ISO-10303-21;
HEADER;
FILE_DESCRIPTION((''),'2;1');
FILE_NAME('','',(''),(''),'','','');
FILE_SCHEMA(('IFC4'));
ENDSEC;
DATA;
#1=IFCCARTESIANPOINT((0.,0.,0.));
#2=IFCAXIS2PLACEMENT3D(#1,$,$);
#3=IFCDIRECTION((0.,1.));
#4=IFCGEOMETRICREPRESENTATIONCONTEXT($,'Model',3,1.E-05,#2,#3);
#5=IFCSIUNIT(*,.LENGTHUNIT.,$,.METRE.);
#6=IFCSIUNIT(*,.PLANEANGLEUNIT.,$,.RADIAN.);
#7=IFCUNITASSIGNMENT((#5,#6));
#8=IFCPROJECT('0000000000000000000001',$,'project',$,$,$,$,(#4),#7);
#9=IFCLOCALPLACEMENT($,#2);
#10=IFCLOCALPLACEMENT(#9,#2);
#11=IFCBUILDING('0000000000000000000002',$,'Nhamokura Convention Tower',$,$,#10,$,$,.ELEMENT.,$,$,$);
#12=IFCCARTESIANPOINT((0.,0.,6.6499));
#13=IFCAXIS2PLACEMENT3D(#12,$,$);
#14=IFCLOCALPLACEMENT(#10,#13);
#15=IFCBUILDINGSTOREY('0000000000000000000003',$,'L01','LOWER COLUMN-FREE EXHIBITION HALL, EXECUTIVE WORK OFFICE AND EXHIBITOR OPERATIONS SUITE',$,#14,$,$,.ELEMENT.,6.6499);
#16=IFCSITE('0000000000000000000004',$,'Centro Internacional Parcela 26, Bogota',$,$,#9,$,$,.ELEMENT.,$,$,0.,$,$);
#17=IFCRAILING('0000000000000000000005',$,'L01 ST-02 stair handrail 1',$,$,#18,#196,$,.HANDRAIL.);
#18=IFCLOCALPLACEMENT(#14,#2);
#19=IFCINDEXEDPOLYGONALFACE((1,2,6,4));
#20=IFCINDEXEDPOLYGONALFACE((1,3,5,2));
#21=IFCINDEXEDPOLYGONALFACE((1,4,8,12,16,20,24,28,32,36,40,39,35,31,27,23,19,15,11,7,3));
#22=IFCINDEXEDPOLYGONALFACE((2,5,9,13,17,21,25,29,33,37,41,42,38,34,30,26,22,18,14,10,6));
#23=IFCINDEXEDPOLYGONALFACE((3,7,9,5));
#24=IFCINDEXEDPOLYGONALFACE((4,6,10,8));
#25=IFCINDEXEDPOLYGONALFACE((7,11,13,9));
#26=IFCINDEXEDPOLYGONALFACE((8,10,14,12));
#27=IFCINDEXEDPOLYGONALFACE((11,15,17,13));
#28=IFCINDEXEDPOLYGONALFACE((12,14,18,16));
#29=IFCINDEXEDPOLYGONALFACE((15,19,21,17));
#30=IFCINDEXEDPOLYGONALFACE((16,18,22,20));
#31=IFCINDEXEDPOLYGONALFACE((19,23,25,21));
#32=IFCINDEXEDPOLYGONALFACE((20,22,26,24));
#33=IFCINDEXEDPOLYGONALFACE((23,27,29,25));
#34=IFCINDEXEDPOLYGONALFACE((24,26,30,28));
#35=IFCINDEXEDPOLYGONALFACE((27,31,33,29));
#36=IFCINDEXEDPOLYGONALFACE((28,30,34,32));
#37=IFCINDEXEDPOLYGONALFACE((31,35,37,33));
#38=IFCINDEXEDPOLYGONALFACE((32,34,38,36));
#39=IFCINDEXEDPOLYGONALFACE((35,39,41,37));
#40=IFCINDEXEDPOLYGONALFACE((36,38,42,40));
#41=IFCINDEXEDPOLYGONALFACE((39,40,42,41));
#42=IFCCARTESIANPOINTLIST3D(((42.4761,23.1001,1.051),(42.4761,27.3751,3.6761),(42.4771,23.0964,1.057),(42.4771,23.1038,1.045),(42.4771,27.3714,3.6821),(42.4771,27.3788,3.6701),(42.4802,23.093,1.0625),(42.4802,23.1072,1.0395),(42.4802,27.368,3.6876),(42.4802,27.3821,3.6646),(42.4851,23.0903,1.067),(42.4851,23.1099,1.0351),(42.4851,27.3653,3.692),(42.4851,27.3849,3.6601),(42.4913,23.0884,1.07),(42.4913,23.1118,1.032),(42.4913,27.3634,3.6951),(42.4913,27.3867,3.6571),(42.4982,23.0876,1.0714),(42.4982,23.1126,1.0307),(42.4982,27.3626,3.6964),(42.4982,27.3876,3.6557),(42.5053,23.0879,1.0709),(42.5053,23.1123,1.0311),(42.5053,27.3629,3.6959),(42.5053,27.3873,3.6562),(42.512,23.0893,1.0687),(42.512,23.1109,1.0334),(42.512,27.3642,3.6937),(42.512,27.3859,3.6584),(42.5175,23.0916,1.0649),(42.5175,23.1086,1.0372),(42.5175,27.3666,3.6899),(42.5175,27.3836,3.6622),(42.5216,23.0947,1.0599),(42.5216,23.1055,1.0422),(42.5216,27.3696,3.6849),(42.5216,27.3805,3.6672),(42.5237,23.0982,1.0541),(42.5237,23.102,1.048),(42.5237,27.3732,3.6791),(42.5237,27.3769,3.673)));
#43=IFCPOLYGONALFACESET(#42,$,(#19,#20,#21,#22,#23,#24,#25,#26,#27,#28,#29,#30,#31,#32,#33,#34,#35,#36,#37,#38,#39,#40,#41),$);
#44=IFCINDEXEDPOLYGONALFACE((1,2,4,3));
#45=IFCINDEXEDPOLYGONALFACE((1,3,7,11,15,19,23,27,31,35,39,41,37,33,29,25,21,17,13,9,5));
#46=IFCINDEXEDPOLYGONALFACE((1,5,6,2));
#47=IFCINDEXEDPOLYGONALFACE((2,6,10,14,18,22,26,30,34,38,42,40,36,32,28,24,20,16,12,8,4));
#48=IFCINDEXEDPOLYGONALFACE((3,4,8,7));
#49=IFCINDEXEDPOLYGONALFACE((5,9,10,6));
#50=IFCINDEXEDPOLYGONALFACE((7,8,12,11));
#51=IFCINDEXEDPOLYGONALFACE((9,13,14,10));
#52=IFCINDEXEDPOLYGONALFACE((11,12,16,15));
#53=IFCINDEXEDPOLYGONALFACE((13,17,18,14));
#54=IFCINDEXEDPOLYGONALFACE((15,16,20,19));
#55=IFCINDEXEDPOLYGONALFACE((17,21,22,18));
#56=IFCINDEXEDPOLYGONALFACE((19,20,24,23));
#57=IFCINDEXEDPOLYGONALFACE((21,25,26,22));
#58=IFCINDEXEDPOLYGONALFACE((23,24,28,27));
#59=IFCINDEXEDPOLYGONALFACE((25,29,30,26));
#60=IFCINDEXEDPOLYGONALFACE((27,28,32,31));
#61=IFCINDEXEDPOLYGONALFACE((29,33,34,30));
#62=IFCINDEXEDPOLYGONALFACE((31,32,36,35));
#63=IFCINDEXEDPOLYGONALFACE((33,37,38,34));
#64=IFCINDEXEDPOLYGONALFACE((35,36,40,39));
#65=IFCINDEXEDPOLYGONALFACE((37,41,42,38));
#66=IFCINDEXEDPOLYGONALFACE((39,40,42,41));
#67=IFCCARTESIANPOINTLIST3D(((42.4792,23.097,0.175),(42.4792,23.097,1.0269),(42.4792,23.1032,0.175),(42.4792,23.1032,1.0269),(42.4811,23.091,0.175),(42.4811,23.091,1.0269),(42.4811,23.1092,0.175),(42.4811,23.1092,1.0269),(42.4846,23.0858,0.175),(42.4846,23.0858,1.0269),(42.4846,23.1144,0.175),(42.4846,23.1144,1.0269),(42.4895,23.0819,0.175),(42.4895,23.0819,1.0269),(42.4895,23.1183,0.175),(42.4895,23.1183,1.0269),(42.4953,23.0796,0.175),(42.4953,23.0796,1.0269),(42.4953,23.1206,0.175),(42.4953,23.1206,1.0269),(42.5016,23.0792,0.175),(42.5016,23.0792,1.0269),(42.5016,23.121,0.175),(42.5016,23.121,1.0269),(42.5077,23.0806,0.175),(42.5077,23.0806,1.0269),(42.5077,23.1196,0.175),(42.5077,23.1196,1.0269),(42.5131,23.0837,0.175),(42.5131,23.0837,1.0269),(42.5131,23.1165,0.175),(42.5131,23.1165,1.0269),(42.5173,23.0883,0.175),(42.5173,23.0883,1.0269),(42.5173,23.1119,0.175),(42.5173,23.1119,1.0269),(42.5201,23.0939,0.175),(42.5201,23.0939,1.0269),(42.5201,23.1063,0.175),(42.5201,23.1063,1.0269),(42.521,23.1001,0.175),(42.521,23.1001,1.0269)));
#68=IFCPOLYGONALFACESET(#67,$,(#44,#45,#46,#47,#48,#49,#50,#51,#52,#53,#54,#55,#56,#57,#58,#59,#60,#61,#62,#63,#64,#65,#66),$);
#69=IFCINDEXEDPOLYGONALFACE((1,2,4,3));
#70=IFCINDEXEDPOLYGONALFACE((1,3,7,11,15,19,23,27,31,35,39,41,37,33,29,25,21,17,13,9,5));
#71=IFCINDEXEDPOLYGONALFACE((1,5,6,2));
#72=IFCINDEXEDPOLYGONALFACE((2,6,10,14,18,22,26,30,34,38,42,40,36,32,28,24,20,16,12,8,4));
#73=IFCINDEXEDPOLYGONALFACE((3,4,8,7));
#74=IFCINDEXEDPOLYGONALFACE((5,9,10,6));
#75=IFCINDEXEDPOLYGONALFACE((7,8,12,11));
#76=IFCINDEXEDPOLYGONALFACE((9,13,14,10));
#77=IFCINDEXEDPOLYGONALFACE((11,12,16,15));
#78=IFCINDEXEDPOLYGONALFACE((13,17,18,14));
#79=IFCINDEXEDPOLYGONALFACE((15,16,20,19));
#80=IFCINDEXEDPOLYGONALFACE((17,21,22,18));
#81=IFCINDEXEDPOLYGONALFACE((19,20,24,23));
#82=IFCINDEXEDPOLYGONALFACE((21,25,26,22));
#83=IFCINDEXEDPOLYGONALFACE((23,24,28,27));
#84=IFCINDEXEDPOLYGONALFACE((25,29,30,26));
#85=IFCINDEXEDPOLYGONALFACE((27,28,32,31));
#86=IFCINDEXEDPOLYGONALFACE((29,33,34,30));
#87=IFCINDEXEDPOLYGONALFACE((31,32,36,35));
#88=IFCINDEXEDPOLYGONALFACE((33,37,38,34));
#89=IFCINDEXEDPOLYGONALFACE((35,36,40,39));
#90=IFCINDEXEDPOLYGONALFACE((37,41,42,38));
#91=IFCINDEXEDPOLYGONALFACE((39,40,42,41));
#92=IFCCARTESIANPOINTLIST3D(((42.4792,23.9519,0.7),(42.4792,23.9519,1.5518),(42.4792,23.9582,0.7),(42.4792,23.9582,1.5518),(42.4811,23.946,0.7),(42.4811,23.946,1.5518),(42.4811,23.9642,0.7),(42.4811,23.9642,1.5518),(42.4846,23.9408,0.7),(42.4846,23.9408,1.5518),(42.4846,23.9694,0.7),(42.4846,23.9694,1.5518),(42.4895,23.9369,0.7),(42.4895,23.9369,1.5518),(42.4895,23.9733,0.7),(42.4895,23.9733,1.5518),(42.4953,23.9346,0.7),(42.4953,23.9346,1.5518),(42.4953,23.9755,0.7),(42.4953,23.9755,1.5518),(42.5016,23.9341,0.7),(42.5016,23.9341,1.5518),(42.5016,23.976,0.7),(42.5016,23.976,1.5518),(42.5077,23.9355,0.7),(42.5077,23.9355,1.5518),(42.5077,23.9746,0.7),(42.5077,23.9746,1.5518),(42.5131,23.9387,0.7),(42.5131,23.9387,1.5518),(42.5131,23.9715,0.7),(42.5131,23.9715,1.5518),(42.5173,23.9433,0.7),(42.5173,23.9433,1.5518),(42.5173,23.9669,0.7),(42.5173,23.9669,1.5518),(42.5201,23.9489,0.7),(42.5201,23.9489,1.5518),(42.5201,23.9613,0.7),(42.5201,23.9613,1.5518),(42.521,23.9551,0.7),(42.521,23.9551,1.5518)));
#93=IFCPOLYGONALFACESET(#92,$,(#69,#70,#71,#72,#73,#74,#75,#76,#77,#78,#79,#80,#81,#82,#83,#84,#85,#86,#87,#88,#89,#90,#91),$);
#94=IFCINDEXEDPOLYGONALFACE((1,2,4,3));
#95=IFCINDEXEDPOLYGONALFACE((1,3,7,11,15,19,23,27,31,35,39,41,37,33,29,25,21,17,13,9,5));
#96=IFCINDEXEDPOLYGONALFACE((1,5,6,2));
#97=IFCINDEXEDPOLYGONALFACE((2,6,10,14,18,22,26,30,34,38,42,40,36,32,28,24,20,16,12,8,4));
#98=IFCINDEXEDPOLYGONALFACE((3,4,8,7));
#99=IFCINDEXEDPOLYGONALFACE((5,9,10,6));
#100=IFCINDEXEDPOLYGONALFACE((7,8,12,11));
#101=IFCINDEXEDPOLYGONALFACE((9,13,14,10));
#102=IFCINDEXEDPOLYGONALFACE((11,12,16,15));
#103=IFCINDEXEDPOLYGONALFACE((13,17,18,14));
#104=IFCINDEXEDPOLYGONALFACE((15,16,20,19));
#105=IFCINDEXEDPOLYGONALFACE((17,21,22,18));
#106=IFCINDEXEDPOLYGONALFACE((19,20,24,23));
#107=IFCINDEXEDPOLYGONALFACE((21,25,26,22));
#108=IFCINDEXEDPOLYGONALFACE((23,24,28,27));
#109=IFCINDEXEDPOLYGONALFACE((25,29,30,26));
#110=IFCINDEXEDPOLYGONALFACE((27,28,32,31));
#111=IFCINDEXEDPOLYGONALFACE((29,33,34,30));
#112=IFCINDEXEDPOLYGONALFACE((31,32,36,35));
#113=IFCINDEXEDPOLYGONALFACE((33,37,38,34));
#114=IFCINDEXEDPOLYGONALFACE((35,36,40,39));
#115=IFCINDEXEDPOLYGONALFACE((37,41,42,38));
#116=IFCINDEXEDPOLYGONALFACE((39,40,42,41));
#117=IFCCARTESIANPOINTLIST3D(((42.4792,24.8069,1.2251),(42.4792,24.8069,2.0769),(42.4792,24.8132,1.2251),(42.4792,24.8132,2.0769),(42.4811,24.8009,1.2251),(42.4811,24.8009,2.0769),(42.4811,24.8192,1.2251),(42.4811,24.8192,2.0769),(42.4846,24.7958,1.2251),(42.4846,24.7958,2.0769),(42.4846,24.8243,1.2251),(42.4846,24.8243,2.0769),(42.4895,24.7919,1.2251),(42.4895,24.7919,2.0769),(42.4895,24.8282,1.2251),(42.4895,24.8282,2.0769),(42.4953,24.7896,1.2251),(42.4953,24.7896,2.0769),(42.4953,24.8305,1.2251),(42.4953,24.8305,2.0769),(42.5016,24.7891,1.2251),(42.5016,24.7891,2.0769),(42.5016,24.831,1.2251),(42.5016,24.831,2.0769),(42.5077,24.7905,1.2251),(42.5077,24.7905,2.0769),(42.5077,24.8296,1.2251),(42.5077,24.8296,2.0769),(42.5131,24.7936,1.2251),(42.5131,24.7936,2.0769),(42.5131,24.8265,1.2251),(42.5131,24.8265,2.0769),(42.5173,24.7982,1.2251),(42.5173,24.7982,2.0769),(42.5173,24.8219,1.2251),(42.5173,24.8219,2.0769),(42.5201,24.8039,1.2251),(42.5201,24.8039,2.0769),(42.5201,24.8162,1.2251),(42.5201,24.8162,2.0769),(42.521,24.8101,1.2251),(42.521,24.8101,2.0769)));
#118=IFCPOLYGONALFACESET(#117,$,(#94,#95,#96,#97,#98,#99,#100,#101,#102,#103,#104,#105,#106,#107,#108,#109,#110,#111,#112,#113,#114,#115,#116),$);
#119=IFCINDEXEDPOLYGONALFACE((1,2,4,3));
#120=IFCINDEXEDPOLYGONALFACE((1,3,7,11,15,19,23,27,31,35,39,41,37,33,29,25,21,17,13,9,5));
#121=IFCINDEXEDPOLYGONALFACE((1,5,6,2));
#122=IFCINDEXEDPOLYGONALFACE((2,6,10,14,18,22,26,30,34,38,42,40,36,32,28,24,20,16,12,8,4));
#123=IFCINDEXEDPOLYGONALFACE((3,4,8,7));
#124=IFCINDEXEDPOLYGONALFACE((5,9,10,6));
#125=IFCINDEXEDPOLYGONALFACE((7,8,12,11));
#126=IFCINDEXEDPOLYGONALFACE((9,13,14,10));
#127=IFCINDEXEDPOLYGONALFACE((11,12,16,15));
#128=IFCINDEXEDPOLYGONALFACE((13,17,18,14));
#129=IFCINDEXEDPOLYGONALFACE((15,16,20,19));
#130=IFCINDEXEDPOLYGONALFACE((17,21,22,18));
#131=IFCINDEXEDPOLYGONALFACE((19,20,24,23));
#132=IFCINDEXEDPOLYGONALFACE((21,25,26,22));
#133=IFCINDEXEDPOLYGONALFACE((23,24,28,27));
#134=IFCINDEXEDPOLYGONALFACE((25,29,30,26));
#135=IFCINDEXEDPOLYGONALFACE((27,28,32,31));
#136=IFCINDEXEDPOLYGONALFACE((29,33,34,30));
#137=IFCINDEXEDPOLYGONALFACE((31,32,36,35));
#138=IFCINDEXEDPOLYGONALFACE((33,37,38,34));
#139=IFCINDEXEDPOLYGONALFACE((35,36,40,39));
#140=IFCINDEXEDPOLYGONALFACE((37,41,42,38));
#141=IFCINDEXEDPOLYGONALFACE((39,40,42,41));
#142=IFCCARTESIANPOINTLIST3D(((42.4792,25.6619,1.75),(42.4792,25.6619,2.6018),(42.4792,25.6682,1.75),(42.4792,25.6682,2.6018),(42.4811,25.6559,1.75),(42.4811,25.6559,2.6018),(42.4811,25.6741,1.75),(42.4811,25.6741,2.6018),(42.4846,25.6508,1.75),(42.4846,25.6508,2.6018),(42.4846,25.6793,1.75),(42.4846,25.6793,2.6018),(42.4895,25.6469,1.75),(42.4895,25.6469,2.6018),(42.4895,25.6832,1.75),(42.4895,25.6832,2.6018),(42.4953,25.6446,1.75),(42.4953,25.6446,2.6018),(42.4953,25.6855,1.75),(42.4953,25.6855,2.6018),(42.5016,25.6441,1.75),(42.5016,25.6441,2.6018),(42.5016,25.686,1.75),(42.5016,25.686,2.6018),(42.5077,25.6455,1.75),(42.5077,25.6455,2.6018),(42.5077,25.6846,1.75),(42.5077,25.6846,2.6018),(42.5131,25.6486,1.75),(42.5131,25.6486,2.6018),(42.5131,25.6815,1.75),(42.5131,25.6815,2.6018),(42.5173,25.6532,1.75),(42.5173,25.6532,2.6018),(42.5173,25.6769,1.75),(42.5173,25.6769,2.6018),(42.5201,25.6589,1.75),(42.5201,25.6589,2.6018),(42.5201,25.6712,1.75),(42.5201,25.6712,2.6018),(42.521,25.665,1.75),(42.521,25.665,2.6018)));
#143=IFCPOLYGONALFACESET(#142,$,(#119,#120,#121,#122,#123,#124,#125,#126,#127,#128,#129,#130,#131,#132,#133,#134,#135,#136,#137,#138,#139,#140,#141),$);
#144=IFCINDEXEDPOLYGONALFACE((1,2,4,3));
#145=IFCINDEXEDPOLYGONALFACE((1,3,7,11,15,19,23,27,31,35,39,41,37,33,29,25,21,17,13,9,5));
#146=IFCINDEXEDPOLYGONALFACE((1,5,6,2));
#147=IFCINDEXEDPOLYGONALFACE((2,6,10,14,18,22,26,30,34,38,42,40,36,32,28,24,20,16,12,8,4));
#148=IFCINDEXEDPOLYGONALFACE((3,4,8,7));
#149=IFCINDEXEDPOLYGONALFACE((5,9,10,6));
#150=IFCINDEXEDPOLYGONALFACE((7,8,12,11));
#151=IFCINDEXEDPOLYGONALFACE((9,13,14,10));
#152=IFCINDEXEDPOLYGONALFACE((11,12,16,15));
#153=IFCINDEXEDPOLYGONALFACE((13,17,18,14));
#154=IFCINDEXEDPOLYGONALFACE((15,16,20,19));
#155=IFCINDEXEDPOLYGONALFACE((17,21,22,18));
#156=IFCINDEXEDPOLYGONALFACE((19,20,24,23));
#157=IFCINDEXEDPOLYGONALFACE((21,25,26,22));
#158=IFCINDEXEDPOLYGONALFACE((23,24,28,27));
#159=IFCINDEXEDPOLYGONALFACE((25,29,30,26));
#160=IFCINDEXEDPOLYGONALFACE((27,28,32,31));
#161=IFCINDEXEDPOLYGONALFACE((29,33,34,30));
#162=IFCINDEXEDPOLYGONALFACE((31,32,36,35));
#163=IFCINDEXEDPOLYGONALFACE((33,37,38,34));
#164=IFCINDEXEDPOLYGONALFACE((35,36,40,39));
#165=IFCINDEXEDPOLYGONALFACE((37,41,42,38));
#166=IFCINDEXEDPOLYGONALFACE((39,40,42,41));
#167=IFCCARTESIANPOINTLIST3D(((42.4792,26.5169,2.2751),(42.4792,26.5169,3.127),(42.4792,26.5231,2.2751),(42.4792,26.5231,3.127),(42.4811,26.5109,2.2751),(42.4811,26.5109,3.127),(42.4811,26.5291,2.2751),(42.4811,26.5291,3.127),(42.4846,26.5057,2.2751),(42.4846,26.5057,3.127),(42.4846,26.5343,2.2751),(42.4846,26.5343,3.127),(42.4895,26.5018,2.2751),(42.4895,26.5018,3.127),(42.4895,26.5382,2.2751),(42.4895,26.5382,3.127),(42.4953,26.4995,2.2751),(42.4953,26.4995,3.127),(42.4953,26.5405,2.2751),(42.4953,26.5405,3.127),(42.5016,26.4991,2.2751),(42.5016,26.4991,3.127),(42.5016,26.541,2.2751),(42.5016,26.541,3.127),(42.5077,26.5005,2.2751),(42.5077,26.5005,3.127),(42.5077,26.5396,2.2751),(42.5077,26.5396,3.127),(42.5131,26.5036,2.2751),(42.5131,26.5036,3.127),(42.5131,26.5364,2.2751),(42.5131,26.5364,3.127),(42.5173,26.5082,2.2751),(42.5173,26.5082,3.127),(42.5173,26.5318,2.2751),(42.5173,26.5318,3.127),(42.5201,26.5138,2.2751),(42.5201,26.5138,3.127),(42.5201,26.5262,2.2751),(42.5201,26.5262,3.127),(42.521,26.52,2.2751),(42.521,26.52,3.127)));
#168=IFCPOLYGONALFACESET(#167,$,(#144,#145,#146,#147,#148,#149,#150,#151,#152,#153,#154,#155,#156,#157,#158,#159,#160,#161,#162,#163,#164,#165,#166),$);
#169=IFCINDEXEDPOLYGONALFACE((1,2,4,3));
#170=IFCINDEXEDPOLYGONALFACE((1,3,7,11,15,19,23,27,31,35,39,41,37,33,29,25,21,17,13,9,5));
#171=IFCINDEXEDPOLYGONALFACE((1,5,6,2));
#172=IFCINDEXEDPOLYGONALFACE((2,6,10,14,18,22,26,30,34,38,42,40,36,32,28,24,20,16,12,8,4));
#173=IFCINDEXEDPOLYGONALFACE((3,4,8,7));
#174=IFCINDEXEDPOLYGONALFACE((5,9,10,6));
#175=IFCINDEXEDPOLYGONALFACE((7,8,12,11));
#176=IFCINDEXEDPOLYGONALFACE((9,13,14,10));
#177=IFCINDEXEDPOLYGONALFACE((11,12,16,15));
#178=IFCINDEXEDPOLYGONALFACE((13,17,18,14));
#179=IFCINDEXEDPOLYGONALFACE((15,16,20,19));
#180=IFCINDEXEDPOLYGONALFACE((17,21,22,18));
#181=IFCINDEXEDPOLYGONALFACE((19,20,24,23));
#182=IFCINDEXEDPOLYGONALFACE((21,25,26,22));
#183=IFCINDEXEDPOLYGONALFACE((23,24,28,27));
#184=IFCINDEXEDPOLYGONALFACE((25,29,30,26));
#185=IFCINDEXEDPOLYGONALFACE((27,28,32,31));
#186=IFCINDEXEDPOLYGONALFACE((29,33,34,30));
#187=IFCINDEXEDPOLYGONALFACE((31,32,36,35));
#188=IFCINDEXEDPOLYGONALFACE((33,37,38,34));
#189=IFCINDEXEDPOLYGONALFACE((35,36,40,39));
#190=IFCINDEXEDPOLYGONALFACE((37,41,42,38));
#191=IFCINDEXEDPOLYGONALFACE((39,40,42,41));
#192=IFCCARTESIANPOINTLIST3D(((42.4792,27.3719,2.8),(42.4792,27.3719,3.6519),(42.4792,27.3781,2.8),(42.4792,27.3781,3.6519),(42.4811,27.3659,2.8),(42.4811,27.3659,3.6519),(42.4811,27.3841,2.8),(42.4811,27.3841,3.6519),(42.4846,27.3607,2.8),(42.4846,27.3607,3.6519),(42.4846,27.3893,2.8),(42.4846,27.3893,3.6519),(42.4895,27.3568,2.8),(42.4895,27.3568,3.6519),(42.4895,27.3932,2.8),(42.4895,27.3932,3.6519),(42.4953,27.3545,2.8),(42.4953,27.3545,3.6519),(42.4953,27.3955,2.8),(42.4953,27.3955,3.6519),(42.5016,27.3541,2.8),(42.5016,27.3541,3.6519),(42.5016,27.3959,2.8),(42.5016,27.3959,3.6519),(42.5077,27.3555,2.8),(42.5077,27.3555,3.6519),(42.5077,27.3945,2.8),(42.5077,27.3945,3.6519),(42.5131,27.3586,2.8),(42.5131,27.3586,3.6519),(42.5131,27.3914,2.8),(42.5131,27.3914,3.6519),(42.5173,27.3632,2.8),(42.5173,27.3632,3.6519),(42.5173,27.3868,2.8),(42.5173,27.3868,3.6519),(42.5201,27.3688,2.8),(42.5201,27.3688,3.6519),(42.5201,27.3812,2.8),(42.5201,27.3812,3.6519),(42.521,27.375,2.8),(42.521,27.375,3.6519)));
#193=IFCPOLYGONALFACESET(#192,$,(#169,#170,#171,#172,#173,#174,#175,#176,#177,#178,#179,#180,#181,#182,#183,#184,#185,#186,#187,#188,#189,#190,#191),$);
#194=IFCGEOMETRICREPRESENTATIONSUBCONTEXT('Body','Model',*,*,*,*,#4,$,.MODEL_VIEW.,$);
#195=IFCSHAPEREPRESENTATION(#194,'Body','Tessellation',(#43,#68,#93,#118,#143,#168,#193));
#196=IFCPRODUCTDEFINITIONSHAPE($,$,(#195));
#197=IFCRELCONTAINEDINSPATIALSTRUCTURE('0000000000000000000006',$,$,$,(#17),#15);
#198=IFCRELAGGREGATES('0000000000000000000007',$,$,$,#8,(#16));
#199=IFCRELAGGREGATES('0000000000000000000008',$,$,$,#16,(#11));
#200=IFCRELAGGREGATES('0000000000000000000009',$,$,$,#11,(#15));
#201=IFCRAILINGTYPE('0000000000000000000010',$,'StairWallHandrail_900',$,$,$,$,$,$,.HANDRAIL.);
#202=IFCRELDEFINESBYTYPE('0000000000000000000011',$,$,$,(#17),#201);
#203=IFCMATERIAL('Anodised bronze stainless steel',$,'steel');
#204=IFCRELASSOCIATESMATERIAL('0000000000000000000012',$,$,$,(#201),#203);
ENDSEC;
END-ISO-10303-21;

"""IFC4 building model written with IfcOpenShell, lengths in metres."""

from ifc_helpers import new_model, si_unit, direction, frame, origin, origin_2d, place, context, subcontext, project, spatial, circle, extrude, material, type_object, element, save


model = new_model("IFC4")

# Units and contexts
model_context = context("Model", 3, precision=1e-05, world=origin(), true_north=direction((0.0, 1.0)))
body_context = subcontext(model_context, "Body", "Model", "MODEL_VIEW")
ifc_project = project(units=[si_unit("LENGTHUNIT", "METRE"), si_unit("PLANEANGLEUNIT", "RADIAN")], contexts=[model_context])

# Site, building, storey
site_placement = place(None, origin())
site = spatial("IfcSite", under=ifc_project, at=site_placement, Name="Centro Internacional Parcela 26, Bogota", CompositionType="ELEMENT", RefElevation=0.0)
building_placement = place(site_placement, origin())
building = spatial("IfcBuilding", under=site, at=building_placement, Name="Nhamokura Convention Tower", CompositionType="ELEMENT")
storey_placement = place(building_placement, frame((0.0, 0.0, 6.6499)))
storey = spatial("IfcBuildingStorey", under=building, at=storey_placement, Name="L01", Description="LOWER COLUMN-FREE EXHIBITION HALL, EXECUTIVE WORK OFFICE AND EXHIBITOR OPERATIONS SUITE", CompositionType="ELEMENT", Elevation=6.6499)

# Railing
ifc_material_1 = material(Name="Anodised bronze stainless steel", Category="steel")
railing_type_1 = type_object("IfcRailingType", Name="StairWallHandrail_900", PredefinedType="HANDRAIL", material=ifc_material_1)
railing_1_placement = place(storey_placement, frame((42.5, 23.1001, 0.175)))
element("IfcRailing", 1, at=railing_1_placement, inside=storey, type_object=railing_type_1, Name="L01 ST-02 stair handrail 1", PredefinedType="HANDRAIL", context=body_context, shape_type="SweptSolid", body=[
    extrude(circle(Radius=0.0239, at=origin_2d()), frame((0.0, 0.0, 0.876), z_axis=(0.0, 0.852166, 0.523272), x_axis=(-1.0, 0.0, 0.0)), (0.0, 0.0, 1.0), 5.0166),
    extrude(circle(Radius=0.021, at=origin_2d()), origin(), (0.0, 0.0, 1.0), 0.8518),
    extrude(circle(Radius=0.021, at=origin_2d()), frame((0.0, 0.855, 0.5249)), (0.0, 0.0, 1.0), 0.8518),
    extrude(circle(Radius=0.021, at=origin_2d()), frame((0.0, 1.71, 1.05)), (0.0, 0.0, 1.0), 0.8518),
    extrude(circle(Radius=0.021, at=origin_2d()), frame((0.0, 2.5649, 1.575)), (0.0, 0.0, 1.0), 0.8518),
    extrude(circle(Radius=0.021, at=origin_2d()), frame((0.0, 3.4199, 2.1001)), (0.0, 0.0, 1.0), 0.8518),
    extrude(circle(Radius=0.021, at=origin_2d()), frame((0.0, 4.2749, 2.625)), (0.0, 0.0, 1.0), 0.8518),
])

save(model, "model.ifc")
